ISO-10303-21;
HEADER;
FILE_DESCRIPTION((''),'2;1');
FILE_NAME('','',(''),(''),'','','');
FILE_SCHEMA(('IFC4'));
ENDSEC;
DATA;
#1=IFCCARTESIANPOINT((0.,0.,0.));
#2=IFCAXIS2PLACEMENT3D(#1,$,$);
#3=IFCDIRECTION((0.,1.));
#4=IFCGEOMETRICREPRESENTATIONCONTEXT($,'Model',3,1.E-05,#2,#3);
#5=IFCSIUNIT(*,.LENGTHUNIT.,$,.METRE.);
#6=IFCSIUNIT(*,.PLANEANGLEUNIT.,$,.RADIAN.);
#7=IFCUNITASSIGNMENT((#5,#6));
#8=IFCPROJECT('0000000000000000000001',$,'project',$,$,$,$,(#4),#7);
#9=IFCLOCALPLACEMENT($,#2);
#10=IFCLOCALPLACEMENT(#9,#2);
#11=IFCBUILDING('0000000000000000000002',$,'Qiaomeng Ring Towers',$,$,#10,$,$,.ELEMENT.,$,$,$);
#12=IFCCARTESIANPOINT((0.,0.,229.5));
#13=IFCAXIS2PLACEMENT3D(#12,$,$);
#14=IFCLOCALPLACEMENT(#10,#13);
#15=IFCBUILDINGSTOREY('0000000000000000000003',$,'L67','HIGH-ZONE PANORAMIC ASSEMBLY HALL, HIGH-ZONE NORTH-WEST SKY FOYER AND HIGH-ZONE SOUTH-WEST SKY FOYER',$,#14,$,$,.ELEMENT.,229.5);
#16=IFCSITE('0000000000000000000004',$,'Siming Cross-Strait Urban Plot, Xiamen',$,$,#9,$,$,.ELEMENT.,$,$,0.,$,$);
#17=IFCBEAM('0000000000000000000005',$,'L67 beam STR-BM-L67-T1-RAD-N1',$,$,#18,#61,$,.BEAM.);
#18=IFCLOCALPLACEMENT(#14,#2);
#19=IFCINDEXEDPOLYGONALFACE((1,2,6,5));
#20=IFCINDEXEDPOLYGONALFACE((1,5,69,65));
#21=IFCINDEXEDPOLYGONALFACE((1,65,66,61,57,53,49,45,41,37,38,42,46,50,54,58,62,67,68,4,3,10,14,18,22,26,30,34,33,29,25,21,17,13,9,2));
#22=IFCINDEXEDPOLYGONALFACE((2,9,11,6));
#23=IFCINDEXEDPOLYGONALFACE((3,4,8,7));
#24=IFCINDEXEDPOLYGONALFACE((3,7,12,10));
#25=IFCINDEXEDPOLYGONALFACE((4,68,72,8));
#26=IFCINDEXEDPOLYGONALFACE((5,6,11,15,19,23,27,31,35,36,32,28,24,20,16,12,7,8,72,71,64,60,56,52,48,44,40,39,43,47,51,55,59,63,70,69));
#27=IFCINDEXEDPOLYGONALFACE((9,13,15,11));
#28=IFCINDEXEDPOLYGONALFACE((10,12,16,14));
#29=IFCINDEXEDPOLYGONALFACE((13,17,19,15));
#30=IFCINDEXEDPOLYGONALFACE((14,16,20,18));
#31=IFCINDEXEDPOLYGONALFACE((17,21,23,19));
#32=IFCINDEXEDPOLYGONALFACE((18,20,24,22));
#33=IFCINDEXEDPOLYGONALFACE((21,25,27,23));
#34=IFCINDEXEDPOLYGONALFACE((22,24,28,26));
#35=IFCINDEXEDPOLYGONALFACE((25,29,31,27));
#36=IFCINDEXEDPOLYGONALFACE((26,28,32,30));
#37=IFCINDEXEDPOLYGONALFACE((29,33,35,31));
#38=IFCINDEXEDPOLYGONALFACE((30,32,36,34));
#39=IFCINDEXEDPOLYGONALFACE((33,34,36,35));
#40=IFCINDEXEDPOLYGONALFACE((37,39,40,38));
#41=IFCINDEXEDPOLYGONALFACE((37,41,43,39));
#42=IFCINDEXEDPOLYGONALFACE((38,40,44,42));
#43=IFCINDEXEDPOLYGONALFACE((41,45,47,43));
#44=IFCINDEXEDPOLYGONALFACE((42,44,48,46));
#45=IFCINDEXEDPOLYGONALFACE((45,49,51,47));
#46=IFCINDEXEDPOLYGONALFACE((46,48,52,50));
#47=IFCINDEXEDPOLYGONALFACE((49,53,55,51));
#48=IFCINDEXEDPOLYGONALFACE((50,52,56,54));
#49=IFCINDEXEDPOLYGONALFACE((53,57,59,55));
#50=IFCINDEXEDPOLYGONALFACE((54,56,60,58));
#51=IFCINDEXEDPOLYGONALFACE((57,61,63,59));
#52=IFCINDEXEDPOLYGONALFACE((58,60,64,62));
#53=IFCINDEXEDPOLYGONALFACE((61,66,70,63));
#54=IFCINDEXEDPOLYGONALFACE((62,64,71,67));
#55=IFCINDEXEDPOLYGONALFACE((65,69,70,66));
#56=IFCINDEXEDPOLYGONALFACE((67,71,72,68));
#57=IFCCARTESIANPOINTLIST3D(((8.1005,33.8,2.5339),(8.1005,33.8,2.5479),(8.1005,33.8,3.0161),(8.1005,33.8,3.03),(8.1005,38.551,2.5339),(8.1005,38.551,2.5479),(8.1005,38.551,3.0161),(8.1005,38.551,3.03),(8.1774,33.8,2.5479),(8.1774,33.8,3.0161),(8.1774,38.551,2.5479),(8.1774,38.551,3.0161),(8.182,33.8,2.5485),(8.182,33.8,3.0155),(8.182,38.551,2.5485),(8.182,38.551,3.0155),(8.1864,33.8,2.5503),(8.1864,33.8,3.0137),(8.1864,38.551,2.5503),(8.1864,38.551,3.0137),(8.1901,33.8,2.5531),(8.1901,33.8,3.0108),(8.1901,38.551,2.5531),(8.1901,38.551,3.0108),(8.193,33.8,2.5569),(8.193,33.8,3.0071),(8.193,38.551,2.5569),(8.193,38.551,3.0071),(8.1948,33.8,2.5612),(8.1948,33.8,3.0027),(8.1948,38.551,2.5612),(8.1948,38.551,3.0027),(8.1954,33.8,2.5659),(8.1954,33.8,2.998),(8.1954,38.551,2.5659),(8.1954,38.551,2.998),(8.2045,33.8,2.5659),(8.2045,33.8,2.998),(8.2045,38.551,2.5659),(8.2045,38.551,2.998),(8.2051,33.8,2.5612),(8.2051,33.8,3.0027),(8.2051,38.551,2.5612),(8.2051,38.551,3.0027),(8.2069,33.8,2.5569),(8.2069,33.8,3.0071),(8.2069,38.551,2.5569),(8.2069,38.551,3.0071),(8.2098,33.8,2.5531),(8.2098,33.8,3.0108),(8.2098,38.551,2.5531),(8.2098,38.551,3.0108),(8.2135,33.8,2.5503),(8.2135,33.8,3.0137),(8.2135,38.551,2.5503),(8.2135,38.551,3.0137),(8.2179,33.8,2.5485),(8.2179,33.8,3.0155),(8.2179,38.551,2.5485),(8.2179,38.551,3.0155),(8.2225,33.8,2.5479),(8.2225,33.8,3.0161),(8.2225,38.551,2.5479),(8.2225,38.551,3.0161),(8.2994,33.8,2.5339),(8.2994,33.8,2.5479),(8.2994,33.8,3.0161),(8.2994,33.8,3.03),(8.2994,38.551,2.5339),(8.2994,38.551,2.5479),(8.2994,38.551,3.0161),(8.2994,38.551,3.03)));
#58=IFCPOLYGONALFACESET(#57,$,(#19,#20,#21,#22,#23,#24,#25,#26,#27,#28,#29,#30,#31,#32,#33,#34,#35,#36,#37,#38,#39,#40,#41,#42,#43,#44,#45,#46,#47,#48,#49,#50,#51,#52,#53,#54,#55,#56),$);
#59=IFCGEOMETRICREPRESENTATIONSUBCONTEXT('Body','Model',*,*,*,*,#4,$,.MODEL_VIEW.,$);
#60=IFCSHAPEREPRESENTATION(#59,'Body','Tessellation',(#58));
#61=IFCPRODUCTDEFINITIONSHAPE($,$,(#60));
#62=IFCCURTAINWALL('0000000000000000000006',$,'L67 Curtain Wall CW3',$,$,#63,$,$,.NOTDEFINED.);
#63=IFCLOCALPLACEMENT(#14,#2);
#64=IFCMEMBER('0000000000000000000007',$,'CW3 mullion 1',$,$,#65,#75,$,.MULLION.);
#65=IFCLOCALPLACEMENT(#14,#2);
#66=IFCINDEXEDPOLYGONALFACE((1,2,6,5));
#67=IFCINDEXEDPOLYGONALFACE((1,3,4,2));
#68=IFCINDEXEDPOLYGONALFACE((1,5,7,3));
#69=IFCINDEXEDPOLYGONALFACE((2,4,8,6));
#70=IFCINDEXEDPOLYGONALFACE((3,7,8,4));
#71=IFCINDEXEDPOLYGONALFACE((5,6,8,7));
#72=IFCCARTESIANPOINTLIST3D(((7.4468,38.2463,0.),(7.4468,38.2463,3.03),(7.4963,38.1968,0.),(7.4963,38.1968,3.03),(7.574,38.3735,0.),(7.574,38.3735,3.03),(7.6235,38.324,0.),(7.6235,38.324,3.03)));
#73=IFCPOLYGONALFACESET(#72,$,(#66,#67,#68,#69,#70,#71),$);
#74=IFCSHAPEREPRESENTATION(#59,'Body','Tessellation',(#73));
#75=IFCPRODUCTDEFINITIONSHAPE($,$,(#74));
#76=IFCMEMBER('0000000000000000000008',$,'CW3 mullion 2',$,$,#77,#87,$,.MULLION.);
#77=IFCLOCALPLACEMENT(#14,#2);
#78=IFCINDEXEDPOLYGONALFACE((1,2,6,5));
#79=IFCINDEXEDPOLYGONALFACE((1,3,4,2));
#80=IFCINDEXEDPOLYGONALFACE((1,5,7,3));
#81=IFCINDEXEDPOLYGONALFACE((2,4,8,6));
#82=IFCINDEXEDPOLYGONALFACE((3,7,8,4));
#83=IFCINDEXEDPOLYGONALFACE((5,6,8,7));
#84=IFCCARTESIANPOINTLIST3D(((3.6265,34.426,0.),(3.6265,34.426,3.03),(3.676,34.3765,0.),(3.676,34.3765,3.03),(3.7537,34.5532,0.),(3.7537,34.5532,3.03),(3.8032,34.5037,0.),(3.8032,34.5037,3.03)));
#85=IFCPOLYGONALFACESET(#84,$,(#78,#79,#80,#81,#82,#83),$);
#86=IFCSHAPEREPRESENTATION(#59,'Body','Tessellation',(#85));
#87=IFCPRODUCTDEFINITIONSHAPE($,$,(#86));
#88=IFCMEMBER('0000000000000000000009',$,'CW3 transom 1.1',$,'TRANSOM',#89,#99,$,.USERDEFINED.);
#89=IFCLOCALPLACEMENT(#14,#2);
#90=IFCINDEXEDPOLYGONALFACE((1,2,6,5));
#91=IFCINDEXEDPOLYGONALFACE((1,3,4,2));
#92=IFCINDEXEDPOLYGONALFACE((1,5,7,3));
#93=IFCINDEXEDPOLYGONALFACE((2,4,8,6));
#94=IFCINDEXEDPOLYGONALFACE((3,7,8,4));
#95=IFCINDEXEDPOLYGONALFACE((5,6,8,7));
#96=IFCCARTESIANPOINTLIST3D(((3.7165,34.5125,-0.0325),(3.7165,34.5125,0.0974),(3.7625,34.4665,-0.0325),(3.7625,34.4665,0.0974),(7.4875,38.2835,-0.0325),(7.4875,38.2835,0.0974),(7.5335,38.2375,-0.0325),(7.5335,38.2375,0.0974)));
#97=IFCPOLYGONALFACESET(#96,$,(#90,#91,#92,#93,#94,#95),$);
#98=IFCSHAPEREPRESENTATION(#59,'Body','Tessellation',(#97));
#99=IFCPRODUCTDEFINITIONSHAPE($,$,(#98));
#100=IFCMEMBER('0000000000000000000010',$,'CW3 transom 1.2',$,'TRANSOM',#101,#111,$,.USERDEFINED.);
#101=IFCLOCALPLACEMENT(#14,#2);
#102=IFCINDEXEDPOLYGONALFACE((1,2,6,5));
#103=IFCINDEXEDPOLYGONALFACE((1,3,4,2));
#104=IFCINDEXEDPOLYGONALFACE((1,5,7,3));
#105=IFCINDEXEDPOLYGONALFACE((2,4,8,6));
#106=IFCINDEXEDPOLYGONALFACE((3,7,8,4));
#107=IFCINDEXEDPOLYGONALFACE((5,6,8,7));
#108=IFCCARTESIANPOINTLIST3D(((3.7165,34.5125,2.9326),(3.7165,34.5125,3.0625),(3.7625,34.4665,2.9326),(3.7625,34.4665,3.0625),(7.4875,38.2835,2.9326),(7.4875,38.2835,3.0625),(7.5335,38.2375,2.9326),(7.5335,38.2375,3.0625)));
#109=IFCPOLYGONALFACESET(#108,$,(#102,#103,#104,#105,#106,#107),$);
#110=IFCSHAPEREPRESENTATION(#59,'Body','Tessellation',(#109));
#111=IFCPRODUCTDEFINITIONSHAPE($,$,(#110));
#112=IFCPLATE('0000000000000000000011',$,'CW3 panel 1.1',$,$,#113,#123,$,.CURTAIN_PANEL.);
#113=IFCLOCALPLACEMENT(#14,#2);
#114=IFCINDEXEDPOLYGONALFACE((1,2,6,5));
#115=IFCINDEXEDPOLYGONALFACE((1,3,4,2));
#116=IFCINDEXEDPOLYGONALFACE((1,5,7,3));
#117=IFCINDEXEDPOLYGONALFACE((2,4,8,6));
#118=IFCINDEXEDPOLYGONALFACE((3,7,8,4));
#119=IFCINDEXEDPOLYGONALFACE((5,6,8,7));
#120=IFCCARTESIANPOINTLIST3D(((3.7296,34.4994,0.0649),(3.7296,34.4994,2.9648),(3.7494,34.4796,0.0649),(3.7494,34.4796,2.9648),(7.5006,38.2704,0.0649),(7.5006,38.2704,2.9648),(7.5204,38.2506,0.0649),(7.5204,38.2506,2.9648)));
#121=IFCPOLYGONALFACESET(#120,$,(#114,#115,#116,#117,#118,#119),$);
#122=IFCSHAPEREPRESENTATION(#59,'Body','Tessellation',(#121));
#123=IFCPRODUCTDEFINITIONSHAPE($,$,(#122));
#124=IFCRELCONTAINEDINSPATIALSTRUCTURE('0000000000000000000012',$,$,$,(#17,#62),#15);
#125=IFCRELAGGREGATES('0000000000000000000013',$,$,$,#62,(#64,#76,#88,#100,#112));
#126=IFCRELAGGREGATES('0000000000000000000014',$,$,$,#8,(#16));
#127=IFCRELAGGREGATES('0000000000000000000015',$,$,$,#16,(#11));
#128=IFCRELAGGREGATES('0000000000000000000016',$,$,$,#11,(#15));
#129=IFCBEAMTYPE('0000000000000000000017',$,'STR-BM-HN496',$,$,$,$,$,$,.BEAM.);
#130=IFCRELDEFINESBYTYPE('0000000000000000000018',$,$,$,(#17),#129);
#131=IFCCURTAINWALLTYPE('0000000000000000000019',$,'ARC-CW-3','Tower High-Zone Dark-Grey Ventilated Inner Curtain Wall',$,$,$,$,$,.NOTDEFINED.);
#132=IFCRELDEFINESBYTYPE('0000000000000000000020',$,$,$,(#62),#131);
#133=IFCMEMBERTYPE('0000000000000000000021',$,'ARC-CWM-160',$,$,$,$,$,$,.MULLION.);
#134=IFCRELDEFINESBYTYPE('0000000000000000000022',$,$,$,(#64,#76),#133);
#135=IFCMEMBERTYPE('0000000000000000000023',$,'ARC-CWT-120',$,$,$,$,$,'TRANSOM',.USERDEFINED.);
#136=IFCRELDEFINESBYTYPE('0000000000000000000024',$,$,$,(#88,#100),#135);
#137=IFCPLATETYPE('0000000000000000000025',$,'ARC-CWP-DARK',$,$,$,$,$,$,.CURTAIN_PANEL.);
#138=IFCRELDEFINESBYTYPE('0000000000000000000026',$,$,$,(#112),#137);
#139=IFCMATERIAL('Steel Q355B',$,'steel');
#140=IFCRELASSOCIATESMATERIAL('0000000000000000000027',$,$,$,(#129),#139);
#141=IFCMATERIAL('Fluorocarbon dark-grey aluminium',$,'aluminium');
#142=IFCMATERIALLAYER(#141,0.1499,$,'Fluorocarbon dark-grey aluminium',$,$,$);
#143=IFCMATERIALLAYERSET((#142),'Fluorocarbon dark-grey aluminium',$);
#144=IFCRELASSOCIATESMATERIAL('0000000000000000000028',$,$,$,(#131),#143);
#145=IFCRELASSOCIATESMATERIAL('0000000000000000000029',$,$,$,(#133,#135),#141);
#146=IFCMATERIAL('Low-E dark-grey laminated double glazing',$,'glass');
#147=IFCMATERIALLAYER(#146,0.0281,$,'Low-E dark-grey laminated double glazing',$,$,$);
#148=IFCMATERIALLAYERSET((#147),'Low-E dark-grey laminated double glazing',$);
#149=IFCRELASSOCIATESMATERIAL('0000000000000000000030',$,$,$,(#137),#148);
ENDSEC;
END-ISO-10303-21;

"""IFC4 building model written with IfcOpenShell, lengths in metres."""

from ifc_helpers import new_model, si_unit, direction, frame, origin, origin_2d, place, context, subcontext, project, spatial, rectangle, i_section, extrude, source, transform, mapped, material, layer, layer_set, material_profile, profile_set, type_object, element, aggregate, save


model = new_model("IFC4")

# Units and contexts
model_context = context("Model", 3, precision=1e-05, world=origin(), true_north=direction((0.0, 1.0)))
body_context = subcontext(model_context, "Body", "Model", "MODEL_VIEW")
ifc_project = project(units=[si_unit("LENGTHUNIT", "METRE"), si_unit("PLANEANGLEUNIT", "RADIAN")], contexts=[model_context])

# Site, building, storey
site_placement = place(None, origin())
site = spatial("IfcSite", under=ifc_project, at=site_placement, Name="Siming Cross-Strait Urban Plot, Xiamen", CompositionType="ELEMENT", RefElevation=0.0)
building_placement = place(site_placement, origin())
building = spatial("IfcBuilding", under=site, at=building_placement, Name="Qiaomeng Ring Towers", CompositionType="ELEMENT")
storey_placement = place(building_placement, frame((0.0, 0.0, 229.5)))
storey = spatial("IfcBuildingStorey", under=building, at=storey_placement, Name="L67", Description="HIGH-ZONE PANORAMIC ASSEMBLY HALL, HIGH-ZONE NORTH-WEST SKY FOYER AND HIGH-ZONE SOUTH-WEST SKY FOYER", CompositionType="ELEMENT", Elevation=229.5)

# Beam
ifc_material_1 = material(Name="Steel Q355B", Category="steel")
ifc_material_profile_1 = material_profile(ifc_material_1, i_section(OverallWidth=0.199, OverallDepth=0.4961, WebThickness=0.009, FlangeThickness=0.0139, FilletRadius=0.0181, at=origin_2d()), Name="HN 496x199x9x14")
ifc_profile_set_1 = profile_set([ifc_material_profile_1], Name="Steel Q355B")
beam_type_1 = type_object("IfcBeamType", Name="STR-BM-HN496", PredefinedType="BEAM", material=ifc_profile_set_1)
shared_shape_1 = source(origin(), body_context, "Body", "SweptSolid", [
    extrude(i_section(OverallWidth=0.199, OverallDepth=0.4961, WebThickness=0.009, FlangeThickness=0.0139, FilletRadius=0.0181, at=origin_2d()), origin(), (0.0, 0.0, 1.0), 4.751),
])
beam_1_placement = place(storey_placement, frame((8.2, 38.551, 2.782), z_axis=(0.0, -1.0, 0.0), x_axis=(1.0, 0.0, 0.0)))
element("IfcBeam", 1, at=beam_1_placement, inside=storey, type_object=beam_type_1, Name="L67 beam STR-BM-L67-T1-RAD-N1", PredefinedType="BEAM", context=body_context, shape_type="MappedRepresentation", body=[
    mapped(shared_shape_1, transform((0.0, 0.0, 0.0), x_axis=(1.0, 0.0, 0.0), y_axis=(0.0, 1.0, 0.0), z_axis=(0.0, 0.0, 1.0), scale=1.0)),
])

# Curtain wall, members, plate
ifc_material_2 = material(Name="Fluorocarbon dark-grey aluminium", Category="aluminium")
ifc_layer_1 = layer(ifc_material_2, 0.1499, Name="Fluorocarbon dark-grey aluminium")
ifc_layer_set_1 = layer_set([ifc_layer_1], Name="Fluorocarbon dark-grey aluminium")
curtain_wall_type = type_object("IfcCurtainWallType", Name="ARC-CW-3", Description="Tower High-Zone Dark-Grey Ventilated Inner Curtain Wall", PredefinedType="NOTDEFINED", material=ifc_layer_set_1)
curtain_wall_placement = place(storey_placement, origin())
curtain_wall = element("IfcCurtainWall", 2, at=curtain_wall_placement, inside=storey, type_object=curtain_wall_type, Name="L67 Curtain Wall CW3", PredefinedType="NOTDEFINED")
ifc_material_profile_2 = material_profile(ifc_material_2, rectangle(XDim=0.0701, YDim=0.1799, at=origin_2d()), Name="ALU MULL 70x180")
ifc_profile_set_2 = profile_set([ifc_material_profile_2], Name="Fluorocarbon dark-grey aluminium")
member_type_1 = type_object("IfcMemberType", Name="ARC-CWM-160", PredefinedType="MULLION", material=ifc_profile_set_2)
shared_shape_2 = source(origin(), body_context, "Body", "SweptSolid", [
    extrude(rectangle(XDim=0.0701, YDim=0.1799, at=origin_2d()), origin(), (0.0, 0.0, 1.0), 3.03),
])
member_1_placement = place(storey_placement, frame((7.5352, 38.2852, 0.0), z_axis=(0.0, 0.0, 1.0), x_axis=(0.707107, -0.707107, 0.0)))
member_1 = element("IfcMember", 3, at=member_1_placement, type_object=member_type_1, Name="CW3 mullion 1", PredefinedType="MULLION", context=body_context, shape_type="MappedRepresentation", body=[
    mapped(shared_shape_2, transform((0.0, 0.0, 0.0), x_axis=(1.0, 0.0, 0.0), y_axis=(0.0, 1.0, 0.0), z_axis=(0.0, 0.0, 1.0), scale=1.0)),
])
member_2_placement = place(storey_placement, frame((3.7148, 34.4648, 0.0), z_axis=(0.0, 0.0, 1.0), x_axis=(0.707107, -0.707107, 0.0)))
member_2 = element("IfcMember", 4, at=member_2_placement, type_object=member_type_1, Name="CW3 mullion 2", PredefinedType="MULLION", context=body_context, shape_type="MappedRepresentation", body=[
    mapped(shared_shape_2, transform((0.0, 0.0, 0.0), x_axis=(1.0, 0.0, 0.0), y_axis=(0.0, 1.0, 0.0), z_axis=(0.0, 0.0, 1.0), scale=1.0)),
])
ifc_material_profile_3 = material_profile(ifc_material_2, rectangle(XDim=0.0649, YDim=0.1299, at=origin_2d()), Name="ALU TRAN 65x130")
ifc_profile_set_3 = profile_set([ifc_material_profile_3], Name="Fluorocarbon dark-grey aluminium")
member_type_2 = type_object("IfcMemberType", Name="ARC-CWT-120", ElementType="TRANSOM", PredefinedType="USERDEFINED", material=ifc_profile_set_3)
shared_shape_3 = source(origin(), body_context, "Body", "SweptSolid", [
    extrude(rectangle(XDim=0.0649, YDim=0.1299, at=origin_2d()), origin(), (0.0, 0.0, 1.0), 5.333),
])
member_3_placement = place(storey_placement, frame((7.5105, 38.2605, 0.0325), z_axis=(-0.707107, -0.707107, 0.0), x_axis=(0.707107, -0.707107, 0.0)))
member_3 = element("IfcMember", 5, at=member_3_placement, type_object=member_type_2, Name="CW3 transom 1.1", ObjectType="TRANSOM", PredefinedType="USERDEFINED", context=body_context, shape_type="MappedRepresentation", body=[
    mapped(shared_shape_3, transform((0.0, 0.0, 0.0), x_axis=(1.0, 0.0, 0.0), y_axis=(0.0, 1.0, 0.0), z_axis=(0.0, 0.0, 1.0), scale=1.0)),
])
member_4_placement = place(storey_placement, frame((7.5105, 38.2605, 2.9976), z_axis=(-0.707107, -0.707107, 0.0), x_axis=(0.707107, -0.707107, 0.0)))
member_4 = element("IfcMember", 6, at=member_4_placement, type_object=member_type_2, Name="CW3 transom 1.2", ObjectType="TRANSOM", PredefinedType="USERDEFINED", context=body_context, shape_type="MappedRepresentation", body=[
    mapped(shared_shape_3, transform((0.0, 0.0, 0.0), x_axis=(1.0, 0.0, 0.0), y_axis=(0.0, 1.0, 0.0), z_axis=(0.0, 0.0, 1.0), scale=1.0)),
])
ifc_material_3 = material(Name="Low-E dark-grey laminated double glazing", Category="glass")
ifc_layer_2 = layer(ifc_material_3, 0.0281, Name="Low-E dark-grey laminated double glazing")
ifc_layer_set_2 = layer_set([ifc_layer_2], Name="Low-E dark-grey laminated double glazing")
plate_type = type_object("IfcPlateType", Name="ARC-CWP-DARK", PredefinedType="CURTAIN_PANEL", material=ifc_layer_set_2)
shared_shape_4 = source(origin(), body_context, "Body", "SweptSolid", [
    extrude(rectangle(XDim=5.333, YDim=0.0281, at=origin_2d()), origin(), (0.0, 0.0, 1.0), 2.8999),
])
plate_placement = place(storey_placement, frame((5.625, 36.375, 0.0649), z_axis=(0.0, 0.0, 1.0), x_axis=(-0.707107, -0.707107, 0.0)))
plate = element("IfcPlate", 7, at=plate_placement, type_object=plate_type, Name="CW3 panel 1.1", PredefinedType="CURTAIN_PANEL", context=body_context, shape_type="MappedRepresentation", body=[
    mapped(shared_shape_4, transform((0.0, 0.0, 0.0), x_axis=(1.0, 0.0, 0.0), y_axis=(0.0, 1.0, 0.0), z_axis=(0.0, 0.0, 1.0), scale=1.0)),
])
aggregate(curtain_wall, [member_1, member_2, member_3, member_4, plate])

save(model, "model.ifc")
